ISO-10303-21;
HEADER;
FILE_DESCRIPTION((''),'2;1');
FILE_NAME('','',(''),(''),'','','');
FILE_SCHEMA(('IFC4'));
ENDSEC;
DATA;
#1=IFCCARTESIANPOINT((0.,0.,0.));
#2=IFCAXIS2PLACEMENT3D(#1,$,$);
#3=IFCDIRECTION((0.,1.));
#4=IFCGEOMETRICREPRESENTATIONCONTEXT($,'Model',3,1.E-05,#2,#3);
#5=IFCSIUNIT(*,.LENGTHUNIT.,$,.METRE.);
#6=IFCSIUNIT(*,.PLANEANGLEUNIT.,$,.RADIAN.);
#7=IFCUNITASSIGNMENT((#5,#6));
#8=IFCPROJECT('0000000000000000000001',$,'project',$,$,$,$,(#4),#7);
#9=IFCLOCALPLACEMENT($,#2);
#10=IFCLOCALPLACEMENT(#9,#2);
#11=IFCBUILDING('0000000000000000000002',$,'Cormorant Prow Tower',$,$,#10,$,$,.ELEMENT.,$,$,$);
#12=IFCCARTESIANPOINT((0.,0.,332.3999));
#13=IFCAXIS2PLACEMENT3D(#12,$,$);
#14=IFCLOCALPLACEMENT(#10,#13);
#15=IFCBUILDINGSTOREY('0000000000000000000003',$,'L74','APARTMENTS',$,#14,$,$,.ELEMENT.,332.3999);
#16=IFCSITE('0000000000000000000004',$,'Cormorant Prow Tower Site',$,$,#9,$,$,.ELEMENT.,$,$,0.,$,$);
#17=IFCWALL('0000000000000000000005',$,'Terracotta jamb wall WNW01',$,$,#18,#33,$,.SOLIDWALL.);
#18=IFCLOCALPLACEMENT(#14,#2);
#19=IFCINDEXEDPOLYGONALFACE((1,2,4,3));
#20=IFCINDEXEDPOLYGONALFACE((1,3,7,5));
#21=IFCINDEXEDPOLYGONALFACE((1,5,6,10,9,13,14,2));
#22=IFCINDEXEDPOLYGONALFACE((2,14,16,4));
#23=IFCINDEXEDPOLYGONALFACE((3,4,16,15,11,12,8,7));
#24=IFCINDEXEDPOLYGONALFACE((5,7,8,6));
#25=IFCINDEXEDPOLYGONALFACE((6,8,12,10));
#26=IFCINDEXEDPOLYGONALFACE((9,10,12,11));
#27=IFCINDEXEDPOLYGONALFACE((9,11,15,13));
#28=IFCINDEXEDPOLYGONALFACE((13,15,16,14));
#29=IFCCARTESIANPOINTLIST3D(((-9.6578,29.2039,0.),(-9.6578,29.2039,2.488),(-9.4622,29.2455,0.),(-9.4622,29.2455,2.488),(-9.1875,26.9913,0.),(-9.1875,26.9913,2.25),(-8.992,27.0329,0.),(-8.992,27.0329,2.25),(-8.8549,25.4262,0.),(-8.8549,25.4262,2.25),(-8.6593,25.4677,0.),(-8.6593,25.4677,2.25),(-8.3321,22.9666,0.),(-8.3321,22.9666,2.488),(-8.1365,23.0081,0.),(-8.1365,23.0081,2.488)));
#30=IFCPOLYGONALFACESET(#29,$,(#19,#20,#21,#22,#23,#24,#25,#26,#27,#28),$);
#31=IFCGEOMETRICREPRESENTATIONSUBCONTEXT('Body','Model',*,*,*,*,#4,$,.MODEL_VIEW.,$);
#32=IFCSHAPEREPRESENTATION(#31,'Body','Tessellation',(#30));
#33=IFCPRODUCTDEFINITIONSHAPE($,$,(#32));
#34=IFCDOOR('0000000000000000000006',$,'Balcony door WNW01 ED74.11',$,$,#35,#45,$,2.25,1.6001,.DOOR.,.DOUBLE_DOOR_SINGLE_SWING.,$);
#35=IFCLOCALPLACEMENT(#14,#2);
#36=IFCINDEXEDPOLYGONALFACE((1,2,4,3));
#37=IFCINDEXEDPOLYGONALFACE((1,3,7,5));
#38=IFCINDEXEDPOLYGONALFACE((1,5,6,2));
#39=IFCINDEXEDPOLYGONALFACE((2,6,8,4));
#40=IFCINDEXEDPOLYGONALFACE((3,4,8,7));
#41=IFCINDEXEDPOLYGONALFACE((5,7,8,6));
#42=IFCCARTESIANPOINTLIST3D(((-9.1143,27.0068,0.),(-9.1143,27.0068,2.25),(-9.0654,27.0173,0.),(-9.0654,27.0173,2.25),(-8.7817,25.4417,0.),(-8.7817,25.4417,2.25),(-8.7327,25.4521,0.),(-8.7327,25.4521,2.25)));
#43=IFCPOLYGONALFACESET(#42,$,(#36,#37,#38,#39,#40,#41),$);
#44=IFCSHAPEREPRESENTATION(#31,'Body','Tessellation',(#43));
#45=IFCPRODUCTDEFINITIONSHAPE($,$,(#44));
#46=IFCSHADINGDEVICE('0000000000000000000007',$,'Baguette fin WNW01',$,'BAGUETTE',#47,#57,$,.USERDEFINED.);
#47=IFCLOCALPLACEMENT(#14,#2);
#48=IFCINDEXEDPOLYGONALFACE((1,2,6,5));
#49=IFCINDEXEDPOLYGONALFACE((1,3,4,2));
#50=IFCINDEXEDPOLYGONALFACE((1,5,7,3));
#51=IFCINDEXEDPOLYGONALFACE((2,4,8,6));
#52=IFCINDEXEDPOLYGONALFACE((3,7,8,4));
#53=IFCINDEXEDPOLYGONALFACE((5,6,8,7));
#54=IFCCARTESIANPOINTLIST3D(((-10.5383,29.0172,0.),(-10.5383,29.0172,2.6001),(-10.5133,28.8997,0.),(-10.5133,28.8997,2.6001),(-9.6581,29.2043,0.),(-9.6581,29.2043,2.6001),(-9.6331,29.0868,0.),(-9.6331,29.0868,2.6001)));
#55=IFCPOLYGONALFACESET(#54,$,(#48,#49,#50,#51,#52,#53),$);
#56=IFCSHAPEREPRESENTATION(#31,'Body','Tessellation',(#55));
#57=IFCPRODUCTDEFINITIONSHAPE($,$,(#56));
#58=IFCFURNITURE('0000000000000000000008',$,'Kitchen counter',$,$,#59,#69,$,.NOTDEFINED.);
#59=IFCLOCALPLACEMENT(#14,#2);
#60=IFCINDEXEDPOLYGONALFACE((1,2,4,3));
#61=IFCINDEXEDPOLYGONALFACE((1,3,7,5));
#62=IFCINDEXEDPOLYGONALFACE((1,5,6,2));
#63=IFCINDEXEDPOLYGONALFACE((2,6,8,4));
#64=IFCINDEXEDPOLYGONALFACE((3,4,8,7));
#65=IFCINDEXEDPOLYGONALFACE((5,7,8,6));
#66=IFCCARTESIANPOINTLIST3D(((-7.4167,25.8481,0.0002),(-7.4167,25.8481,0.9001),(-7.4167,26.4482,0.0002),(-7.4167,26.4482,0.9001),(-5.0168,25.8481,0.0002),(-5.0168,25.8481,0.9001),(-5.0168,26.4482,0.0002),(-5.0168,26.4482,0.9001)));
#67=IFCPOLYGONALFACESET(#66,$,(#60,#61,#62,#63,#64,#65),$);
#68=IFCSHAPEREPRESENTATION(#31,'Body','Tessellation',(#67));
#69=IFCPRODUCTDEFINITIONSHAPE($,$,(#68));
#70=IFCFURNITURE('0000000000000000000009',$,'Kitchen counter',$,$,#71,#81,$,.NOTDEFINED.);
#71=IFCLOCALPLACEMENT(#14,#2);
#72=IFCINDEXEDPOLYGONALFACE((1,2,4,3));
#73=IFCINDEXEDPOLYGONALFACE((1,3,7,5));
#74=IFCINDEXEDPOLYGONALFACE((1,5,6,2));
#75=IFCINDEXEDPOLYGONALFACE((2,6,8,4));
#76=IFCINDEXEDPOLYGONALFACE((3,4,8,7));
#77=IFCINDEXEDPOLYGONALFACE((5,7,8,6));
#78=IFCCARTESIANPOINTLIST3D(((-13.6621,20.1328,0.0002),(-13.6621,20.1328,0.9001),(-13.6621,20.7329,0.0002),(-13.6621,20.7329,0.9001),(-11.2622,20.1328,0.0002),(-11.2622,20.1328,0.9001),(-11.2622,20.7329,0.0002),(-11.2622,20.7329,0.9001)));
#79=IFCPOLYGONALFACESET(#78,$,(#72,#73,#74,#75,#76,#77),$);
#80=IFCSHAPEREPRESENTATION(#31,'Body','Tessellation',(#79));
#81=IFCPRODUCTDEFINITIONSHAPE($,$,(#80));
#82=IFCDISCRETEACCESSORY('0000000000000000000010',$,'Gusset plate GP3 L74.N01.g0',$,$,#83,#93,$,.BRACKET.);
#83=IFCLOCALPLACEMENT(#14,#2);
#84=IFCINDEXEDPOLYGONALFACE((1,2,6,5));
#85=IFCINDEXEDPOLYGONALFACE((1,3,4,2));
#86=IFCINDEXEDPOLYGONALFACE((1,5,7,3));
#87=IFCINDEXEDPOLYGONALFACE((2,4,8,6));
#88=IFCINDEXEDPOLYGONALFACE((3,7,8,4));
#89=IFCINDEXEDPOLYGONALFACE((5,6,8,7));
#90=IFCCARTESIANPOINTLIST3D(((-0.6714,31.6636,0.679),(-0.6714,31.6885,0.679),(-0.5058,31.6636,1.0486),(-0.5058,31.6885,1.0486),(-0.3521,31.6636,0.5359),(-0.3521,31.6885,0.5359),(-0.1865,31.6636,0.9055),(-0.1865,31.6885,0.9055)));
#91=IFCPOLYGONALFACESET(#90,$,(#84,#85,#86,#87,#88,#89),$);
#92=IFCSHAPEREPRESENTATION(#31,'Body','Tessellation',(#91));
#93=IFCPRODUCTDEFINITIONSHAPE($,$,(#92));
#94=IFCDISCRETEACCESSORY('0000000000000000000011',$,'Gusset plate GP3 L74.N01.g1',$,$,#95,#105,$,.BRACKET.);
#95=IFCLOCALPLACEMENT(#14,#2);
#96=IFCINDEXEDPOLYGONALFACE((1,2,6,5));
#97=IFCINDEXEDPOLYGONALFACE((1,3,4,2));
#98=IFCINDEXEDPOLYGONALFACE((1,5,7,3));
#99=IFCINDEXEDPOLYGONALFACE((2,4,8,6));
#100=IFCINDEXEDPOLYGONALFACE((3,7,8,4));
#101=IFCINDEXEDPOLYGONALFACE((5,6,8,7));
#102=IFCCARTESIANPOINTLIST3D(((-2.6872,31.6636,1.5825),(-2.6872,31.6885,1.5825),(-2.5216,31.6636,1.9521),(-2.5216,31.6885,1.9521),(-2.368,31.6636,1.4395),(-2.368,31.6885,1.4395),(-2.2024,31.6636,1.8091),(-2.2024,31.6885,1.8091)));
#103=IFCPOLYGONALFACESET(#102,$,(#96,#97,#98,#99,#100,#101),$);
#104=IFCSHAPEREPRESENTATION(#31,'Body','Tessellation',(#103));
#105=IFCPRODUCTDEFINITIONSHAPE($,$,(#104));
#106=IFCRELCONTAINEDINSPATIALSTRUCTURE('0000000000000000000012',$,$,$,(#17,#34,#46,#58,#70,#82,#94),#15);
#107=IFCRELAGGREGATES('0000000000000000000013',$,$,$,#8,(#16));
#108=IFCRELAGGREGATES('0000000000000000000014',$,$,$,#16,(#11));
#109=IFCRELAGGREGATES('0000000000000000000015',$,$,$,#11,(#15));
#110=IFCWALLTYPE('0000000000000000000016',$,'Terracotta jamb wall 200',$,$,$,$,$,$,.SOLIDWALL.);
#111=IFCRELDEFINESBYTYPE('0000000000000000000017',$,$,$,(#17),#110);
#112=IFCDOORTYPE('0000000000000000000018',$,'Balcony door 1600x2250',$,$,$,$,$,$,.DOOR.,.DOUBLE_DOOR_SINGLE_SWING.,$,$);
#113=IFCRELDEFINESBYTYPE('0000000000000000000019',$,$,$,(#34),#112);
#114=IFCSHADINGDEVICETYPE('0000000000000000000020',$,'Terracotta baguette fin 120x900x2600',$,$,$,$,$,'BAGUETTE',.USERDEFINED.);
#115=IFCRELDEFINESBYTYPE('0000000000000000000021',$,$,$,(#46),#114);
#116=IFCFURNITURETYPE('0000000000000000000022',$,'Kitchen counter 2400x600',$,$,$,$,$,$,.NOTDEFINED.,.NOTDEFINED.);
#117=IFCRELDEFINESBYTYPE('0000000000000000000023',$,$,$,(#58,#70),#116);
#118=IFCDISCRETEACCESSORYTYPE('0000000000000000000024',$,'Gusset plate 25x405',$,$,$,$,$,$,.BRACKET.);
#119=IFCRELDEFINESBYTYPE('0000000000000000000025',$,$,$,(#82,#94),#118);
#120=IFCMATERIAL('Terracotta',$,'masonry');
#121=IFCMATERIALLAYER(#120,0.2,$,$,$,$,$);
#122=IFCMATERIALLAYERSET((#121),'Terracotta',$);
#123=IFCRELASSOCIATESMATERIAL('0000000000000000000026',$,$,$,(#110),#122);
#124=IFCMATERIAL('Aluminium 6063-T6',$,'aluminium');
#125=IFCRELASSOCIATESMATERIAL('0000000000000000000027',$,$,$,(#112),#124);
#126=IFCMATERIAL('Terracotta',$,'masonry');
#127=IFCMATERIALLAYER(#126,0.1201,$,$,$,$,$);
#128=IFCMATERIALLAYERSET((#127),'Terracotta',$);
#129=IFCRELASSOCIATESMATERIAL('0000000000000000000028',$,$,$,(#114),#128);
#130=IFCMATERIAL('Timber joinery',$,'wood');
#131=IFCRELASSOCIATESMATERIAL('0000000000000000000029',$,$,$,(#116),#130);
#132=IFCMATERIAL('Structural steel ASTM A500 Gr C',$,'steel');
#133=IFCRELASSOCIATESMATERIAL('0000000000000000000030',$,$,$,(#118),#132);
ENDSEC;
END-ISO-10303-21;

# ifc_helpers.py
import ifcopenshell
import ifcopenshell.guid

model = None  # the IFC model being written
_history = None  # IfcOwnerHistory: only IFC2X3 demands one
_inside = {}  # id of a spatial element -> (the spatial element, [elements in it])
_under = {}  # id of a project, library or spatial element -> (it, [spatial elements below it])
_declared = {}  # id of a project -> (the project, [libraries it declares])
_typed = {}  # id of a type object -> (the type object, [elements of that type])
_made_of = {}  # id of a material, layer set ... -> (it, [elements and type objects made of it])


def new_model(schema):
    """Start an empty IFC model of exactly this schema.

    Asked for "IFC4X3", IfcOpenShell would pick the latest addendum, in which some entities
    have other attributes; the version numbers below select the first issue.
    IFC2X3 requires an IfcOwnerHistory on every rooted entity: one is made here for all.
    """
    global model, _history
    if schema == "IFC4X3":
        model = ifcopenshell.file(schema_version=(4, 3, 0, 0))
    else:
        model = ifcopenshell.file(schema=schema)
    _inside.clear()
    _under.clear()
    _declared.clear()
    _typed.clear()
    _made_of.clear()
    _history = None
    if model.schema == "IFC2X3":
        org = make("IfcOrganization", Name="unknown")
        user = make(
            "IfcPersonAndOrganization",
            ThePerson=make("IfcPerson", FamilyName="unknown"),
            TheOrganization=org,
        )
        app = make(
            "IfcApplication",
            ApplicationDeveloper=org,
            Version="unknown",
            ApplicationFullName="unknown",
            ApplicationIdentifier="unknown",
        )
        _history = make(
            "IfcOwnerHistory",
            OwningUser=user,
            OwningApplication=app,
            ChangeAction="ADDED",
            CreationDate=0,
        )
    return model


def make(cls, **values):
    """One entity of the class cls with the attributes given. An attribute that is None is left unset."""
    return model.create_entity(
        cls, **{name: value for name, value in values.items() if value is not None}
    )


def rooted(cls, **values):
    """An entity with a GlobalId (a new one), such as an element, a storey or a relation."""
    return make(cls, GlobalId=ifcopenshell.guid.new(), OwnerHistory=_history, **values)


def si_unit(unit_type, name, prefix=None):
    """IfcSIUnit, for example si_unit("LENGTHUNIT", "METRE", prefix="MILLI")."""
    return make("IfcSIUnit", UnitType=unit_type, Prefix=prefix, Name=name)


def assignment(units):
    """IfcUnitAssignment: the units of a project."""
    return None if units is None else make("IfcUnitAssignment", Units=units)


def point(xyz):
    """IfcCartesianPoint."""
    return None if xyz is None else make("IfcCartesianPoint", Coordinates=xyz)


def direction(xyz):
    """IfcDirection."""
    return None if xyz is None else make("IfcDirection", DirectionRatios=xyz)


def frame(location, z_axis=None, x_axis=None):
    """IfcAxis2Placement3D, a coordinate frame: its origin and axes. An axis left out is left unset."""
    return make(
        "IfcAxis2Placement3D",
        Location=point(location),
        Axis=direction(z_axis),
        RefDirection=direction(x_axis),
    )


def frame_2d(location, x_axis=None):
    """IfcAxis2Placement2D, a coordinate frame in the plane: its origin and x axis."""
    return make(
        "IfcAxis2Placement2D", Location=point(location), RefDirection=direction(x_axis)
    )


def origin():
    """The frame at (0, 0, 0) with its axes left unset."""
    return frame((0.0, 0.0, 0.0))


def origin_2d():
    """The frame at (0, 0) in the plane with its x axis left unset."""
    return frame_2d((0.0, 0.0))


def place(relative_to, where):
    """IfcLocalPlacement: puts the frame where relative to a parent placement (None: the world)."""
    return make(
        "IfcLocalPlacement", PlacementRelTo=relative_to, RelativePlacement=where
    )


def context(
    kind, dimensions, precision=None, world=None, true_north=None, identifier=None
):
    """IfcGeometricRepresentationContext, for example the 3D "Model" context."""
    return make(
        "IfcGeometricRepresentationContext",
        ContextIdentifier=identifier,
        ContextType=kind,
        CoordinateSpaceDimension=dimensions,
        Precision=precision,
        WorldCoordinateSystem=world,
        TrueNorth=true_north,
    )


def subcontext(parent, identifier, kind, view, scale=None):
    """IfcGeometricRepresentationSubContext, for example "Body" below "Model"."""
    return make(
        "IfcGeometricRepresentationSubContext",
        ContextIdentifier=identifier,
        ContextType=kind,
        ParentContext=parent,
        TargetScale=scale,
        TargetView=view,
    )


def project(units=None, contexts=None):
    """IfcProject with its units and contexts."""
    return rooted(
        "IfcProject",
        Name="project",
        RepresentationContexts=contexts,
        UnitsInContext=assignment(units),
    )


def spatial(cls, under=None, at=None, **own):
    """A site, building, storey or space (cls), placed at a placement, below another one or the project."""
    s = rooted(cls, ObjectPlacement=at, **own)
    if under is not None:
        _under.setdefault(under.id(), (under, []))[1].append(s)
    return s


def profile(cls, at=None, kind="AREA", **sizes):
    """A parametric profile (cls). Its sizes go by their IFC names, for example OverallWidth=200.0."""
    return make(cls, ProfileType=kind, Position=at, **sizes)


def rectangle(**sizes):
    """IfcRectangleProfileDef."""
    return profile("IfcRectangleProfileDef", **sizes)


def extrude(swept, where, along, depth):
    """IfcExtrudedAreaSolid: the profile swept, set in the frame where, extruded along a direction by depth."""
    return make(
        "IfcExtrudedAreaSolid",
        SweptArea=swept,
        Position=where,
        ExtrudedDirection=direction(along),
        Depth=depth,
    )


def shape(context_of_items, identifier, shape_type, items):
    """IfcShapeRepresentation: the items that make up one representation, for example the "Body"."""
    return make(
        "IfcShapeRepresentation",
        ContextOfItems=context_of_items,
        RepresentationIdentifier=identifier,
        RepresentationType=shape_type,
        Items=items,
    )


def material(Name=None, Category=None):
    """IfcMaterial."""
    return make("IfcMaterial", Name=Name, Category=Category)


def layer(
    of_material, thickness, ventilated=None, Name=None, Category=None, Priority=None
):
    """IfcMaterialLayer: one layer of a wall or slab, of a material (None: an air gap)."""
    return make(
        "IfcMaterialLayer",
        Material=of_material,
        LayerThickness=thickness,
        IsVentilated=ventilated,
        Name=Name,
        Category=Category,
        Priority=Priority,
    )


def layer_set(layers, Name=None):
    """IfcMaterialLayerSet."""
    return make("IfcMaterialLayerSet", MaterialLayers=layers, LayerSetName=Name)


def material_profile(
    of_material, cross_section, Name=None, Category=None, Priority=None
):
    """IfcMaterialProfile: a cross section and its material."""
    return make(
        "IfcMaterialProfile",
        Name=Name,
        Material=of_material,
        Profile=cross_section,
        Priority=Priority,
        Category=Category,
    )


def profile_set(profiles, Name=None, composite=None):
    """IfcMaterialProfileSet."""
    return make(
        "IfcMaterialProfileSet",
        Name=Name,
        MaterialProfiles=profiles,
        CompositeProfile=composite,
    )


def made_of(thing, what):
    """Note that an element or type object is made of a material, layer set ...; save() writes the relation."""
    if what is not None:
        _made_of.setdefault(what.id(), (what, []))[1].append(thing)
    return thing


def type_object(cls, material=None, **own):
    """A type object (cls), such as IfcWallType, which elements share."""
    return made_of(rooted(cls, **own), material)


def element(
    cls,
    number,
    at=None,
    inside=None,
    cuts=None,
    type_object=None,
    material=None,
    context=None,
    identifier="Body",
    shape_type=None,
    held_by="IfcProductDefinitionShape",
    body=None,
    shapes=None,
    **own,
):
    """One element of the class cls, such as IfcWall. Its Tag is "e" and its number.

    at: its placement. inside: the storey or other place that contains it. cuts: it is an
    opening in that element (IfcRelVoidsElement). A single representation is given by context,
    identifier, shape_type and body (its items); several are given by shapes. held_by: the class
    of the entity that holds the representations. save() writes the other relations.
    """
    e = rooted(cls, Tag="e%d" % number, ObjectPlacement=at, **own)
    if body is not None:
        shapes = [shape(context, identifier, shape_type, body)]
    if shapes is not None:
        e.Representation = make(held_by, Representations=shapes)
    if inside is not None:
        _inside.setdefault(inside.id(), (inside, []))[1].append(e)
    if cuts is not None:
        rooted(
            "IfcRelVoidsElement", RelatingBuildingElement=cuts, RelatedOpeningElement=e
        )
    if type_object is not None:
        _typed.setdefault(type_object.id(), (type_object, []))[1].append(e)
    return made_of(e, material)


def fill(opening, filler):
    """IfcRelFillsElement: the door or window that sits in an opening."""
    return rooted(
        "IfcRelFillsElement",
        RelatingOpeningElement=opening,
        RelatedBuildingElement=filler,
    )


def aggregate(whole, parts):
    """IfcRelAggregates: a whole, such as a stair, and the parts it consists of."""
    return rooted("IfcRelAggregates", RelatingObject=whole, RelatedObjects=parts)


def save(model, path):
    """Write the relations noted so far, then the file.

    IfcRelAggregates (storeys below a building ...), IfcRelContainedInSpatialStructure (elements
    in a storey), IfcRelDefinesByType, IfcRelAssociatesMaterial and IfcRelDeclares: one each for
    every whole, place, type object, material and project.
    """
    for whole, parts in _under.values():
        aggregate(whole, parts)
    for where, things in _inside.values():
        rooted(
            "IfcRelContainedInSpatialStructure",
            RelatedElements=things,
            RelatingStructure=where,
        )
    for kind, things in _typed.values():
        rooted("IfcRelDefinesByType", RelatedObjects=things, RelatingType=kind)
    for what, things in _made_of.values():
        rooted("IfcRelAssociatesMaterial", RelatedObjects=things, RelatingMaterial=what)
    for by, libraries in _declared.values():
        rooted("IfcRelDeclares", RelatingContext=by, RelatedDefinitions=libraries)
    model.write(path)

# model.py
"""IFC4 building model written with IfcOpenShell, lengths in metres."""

from ifc_helpers import new_model, si_unit, direction, frame, frame_2d, origin, origin_2d, place, context, subcontext, project, spatial, rectangle, extrude, material, layer, layer_set, material_profile, profile_set, type_object, element, fill, save


model = new_model("IFC4")

# Units and contexts
model_context = context("Model", 3, precision=1e-05, world=origin(), true_north=direction((0.0, 1.0)))
body_context = subcontext(model_context, "Body", "Model", "MODEL_VIEW")
ifc_project = project(units=[si_unit("LENGTHUNIT", "METRE"), si_unit("PLANEANGLEUNIT", "RADIAN")], contexts=[model_context])

# Site, building, storey
site_placement = place(None, origin())
site = spatial("IfcSite", under=ifc_project, at=site_placement, Name="Cormorant Prow Tower Site", CompositionType="ELEMENT", RefElevation=0.0)
building_placement = place(site_placement, origin())
building = spatial("IfcBuilding", under=site, at=building_placement, Name="Cormorant Prow Tower", CompositionType="ELEMENT")
storey_placement = place(building_placement, frame((0.0, 0.0, 332.3999)))
storey = spatial("IfcBuildingStorey", under=building, at=storey_placement, Name="L74", Description="APARTMENTS", CompositionType="ELEMENT", Elevation=332.3999)

# Wall, opening, door
ifc_material_1 = material(Name="Terracotta", Category="masonry")
ifc_layer_1 = layer(ifc_material_1, 0.2)
ifc_layer_set_1 = layer_set([ifc_layer_1], Name="Terracotta")
wall_type_1 = type_object("IfcWallType", Name="Terracotta jamb wall 200", PredefinedType="SOLIDWALL", material=ifc_layer_set_1)
wall_1_placement = place(storey_placement, frame((-9.5601, 29.2249, 0.0), z_axis=(0.0, 0.0, 1.0), x_axis=(0.207897, -0.978151, 0.0)))
wall_1 = element("IfcWall", 1, at=wall_1_placement, inside=storey, type_object=wall_type_1, Name="Terracotta jamb wall WNW01", PredefinedType="SOLIDWALL", context=body_context, shape_type="SweptSolid", body=[
    extrude(rectangle(XDim=6.3767, YDim=0.2, at=frame_2d((3.1885, 0.0))), origin(), (0.0, 0.0, 1.0), 2.488),
])
opening_1_placement = place(wall_1_placement, frame((2.2622, 0.0, 0.0)))
opening_1 = element("IfcOpeningElement", 2, at=opening_1_placement, cuts=wall_1, PredefinedType="OPENING", context=body_context, shape_type="SweptSolid", body=[
    extrude(rectangle(XDim=1.6001, YDim=2.25, at=frame_2d((0.8, 1.125))), frame((0.0, 0.1099, 0.0), z_axis=(0.0, -1.0, 0.0), x_axis=(1.0, 0.0, 0.0)), (0.0, 0.0, 1.0), 0.22),
])
ifc_material_2 = material(Name="Aluminium 6063-T6", Category="aluminium")
door_type_1 = type_object("IfcDoorType", Name="Balcony door 1600x2250", OperationType="DOUBLE_DOOR_SINGLE_SWING", PredefinedType="DOOR", material=ifc_material_2)
door_1_placement = place(opening_1_placement, origin())
door_1 = element("IfcDoor", 3, at=door_1_placement, inside=storey, type_object=door_type_1, Name="Balcony door WNW01 ED74.11", OperationType="DOUBLE_DOOR_SINGLE_SWING", OverallHeight=2.25, OverallWidth=1.6001, PredefinedType="DOOR", context=body_context, shape_type="SweptSolid", body=[
    extrude(rectangle(XDim=1.6001, YDim=2.25, at=frame_2d((0.8, 1.125))), frame((0.0, 0.0249, 0.0), z_axis=(0.0, -1.0, 0.0), x_axis=(1.0, 0.0, 0.0)), (0.0, 0.0, 1.0), 0.05),
])
fill(opening_1, door_1)

# Shading device
ifc_material_3 = material(Name="Terracotta", Category="masonry")
ifc_layer_2 = layer(ifc_material_3, 0.1201)
ifc_layer_set_2 = layer_set([ifc_layer_2], Name="Terracotta")
shading_device_type = type_object("IfcShadingDeviceType", Name="Terracotta baguette fin 120x900x2600", ElementType="BAGUETTE", PredefinedType="USERDEFINED", material=ifc_layer_set_2)
shading_device_placement = place(storey_placement, frame((-10.0857, 29.052, 0.0), z_axis=(0.0, 0.0, 1.0), x_axis=(0.207912, -0.978148, 0.0)))
element("IfcShadingDevice", 4, at=shading_device_placement, inside=storey, type_object=shading_device_type, Name="Baguette fin WNW01", ObjectType="BAGUETTE", PredefinedType="USERDEFINED", context=body_context, shape_type="SweptSolid", body=[
    extrude(rectangle(XDim=0.1201, YDim=0.8999, at=origin_2d()), origin(), (0.0, 0.0, 1.0), 2.6001),
])

# Furniture
ifc_material_4 = material(Name="Timber joinery", Category="wood")
furniture_type = type_object("IfcFurnitureType", Name="Kitchen counter 2400x600", AssemblyPlace="NOTDEFINED", PredefinedType="NOTDEFINED", material=ifc_material_4)
for number, where, z_axis, x_axis, name in (
    (5, (-6.2168, 26.1482, 0.0002), (0.0, 0.0, 1.0), (1.0, 0.0, 0.0), "Kitchen counter"),
    (6, (-12.4622, 20.4329, 0.0002), (0.0, 0.0, 1.0), (1.0, 0.0, 0.0), "Kitchen counter"),
):
    element("IfcFurniture", number, at=place(storey_placement, frame(where, z_axis=z_axis, x_axis=x_axis)), inside=storey, type_object=furniture_type, Name=name, PredefinedType="NOTDEFINED", context=body_context, shape_type="SweptSolid", body=[
        extrude(rectangle(XDim=2.3999, YDim=0.6001, at=origin_2d()), origin(), (0.0, 0.0, 1.0), 0.8999),
    ])

# Discrete accessories
ifc_material_5 = material(Name="Structural steel ASTM A500 Gr C", Category="steel")
ifc_material_profile_1 = material_profile(ifc_material_5, rectangle(XDim=0.0249, YDim=0.405, at=origin_2d()), Name="Gusset plate 25x405")
ifc_profile_set_1 = profile_set([ifc_material_profile_1], Name="Structural steel ASTM A500 Gr C")
discrete_accessory_type = type_object("IfcDiscreteAccessoryType", Name="Gusset plate 25x405", PredefinedType="BRACKET", material=ifc_profile_set_1)
for number, where, z_axis, x_axis, name in (
    (7, (-0.5886, 31.676, 0.8638), (0.912599, 0.0, -0.408856), (0.0, 1.0, 0.0), "Gusset plate GP3 L74.N01.g0"),
    (8, (-2.2852, 31.676, 1.6243), (-0.912599, 0.0, 0.408856), (0.0, -1.0, 0.0), "Gusset plate GP3 L74.N01.g1"),
):
    element("IfcDiscreteAccessory", number, at=place(storey_placement, frame(where, z_axis=z_axis, x_axis=x_axis)), inside=storey, type_object=discrete_accessory_type, Name=name, PredefinedType="BRACKET", context=body_context, shape_type="SweptSolid", body=[
        extrude(rectangle(XDim=0.0249, YDim=0.405, at=origin_2d()), origin(), (0.0, 0.0, 1.0), 0.3499),
    ])

save(model, "model.ifc")
